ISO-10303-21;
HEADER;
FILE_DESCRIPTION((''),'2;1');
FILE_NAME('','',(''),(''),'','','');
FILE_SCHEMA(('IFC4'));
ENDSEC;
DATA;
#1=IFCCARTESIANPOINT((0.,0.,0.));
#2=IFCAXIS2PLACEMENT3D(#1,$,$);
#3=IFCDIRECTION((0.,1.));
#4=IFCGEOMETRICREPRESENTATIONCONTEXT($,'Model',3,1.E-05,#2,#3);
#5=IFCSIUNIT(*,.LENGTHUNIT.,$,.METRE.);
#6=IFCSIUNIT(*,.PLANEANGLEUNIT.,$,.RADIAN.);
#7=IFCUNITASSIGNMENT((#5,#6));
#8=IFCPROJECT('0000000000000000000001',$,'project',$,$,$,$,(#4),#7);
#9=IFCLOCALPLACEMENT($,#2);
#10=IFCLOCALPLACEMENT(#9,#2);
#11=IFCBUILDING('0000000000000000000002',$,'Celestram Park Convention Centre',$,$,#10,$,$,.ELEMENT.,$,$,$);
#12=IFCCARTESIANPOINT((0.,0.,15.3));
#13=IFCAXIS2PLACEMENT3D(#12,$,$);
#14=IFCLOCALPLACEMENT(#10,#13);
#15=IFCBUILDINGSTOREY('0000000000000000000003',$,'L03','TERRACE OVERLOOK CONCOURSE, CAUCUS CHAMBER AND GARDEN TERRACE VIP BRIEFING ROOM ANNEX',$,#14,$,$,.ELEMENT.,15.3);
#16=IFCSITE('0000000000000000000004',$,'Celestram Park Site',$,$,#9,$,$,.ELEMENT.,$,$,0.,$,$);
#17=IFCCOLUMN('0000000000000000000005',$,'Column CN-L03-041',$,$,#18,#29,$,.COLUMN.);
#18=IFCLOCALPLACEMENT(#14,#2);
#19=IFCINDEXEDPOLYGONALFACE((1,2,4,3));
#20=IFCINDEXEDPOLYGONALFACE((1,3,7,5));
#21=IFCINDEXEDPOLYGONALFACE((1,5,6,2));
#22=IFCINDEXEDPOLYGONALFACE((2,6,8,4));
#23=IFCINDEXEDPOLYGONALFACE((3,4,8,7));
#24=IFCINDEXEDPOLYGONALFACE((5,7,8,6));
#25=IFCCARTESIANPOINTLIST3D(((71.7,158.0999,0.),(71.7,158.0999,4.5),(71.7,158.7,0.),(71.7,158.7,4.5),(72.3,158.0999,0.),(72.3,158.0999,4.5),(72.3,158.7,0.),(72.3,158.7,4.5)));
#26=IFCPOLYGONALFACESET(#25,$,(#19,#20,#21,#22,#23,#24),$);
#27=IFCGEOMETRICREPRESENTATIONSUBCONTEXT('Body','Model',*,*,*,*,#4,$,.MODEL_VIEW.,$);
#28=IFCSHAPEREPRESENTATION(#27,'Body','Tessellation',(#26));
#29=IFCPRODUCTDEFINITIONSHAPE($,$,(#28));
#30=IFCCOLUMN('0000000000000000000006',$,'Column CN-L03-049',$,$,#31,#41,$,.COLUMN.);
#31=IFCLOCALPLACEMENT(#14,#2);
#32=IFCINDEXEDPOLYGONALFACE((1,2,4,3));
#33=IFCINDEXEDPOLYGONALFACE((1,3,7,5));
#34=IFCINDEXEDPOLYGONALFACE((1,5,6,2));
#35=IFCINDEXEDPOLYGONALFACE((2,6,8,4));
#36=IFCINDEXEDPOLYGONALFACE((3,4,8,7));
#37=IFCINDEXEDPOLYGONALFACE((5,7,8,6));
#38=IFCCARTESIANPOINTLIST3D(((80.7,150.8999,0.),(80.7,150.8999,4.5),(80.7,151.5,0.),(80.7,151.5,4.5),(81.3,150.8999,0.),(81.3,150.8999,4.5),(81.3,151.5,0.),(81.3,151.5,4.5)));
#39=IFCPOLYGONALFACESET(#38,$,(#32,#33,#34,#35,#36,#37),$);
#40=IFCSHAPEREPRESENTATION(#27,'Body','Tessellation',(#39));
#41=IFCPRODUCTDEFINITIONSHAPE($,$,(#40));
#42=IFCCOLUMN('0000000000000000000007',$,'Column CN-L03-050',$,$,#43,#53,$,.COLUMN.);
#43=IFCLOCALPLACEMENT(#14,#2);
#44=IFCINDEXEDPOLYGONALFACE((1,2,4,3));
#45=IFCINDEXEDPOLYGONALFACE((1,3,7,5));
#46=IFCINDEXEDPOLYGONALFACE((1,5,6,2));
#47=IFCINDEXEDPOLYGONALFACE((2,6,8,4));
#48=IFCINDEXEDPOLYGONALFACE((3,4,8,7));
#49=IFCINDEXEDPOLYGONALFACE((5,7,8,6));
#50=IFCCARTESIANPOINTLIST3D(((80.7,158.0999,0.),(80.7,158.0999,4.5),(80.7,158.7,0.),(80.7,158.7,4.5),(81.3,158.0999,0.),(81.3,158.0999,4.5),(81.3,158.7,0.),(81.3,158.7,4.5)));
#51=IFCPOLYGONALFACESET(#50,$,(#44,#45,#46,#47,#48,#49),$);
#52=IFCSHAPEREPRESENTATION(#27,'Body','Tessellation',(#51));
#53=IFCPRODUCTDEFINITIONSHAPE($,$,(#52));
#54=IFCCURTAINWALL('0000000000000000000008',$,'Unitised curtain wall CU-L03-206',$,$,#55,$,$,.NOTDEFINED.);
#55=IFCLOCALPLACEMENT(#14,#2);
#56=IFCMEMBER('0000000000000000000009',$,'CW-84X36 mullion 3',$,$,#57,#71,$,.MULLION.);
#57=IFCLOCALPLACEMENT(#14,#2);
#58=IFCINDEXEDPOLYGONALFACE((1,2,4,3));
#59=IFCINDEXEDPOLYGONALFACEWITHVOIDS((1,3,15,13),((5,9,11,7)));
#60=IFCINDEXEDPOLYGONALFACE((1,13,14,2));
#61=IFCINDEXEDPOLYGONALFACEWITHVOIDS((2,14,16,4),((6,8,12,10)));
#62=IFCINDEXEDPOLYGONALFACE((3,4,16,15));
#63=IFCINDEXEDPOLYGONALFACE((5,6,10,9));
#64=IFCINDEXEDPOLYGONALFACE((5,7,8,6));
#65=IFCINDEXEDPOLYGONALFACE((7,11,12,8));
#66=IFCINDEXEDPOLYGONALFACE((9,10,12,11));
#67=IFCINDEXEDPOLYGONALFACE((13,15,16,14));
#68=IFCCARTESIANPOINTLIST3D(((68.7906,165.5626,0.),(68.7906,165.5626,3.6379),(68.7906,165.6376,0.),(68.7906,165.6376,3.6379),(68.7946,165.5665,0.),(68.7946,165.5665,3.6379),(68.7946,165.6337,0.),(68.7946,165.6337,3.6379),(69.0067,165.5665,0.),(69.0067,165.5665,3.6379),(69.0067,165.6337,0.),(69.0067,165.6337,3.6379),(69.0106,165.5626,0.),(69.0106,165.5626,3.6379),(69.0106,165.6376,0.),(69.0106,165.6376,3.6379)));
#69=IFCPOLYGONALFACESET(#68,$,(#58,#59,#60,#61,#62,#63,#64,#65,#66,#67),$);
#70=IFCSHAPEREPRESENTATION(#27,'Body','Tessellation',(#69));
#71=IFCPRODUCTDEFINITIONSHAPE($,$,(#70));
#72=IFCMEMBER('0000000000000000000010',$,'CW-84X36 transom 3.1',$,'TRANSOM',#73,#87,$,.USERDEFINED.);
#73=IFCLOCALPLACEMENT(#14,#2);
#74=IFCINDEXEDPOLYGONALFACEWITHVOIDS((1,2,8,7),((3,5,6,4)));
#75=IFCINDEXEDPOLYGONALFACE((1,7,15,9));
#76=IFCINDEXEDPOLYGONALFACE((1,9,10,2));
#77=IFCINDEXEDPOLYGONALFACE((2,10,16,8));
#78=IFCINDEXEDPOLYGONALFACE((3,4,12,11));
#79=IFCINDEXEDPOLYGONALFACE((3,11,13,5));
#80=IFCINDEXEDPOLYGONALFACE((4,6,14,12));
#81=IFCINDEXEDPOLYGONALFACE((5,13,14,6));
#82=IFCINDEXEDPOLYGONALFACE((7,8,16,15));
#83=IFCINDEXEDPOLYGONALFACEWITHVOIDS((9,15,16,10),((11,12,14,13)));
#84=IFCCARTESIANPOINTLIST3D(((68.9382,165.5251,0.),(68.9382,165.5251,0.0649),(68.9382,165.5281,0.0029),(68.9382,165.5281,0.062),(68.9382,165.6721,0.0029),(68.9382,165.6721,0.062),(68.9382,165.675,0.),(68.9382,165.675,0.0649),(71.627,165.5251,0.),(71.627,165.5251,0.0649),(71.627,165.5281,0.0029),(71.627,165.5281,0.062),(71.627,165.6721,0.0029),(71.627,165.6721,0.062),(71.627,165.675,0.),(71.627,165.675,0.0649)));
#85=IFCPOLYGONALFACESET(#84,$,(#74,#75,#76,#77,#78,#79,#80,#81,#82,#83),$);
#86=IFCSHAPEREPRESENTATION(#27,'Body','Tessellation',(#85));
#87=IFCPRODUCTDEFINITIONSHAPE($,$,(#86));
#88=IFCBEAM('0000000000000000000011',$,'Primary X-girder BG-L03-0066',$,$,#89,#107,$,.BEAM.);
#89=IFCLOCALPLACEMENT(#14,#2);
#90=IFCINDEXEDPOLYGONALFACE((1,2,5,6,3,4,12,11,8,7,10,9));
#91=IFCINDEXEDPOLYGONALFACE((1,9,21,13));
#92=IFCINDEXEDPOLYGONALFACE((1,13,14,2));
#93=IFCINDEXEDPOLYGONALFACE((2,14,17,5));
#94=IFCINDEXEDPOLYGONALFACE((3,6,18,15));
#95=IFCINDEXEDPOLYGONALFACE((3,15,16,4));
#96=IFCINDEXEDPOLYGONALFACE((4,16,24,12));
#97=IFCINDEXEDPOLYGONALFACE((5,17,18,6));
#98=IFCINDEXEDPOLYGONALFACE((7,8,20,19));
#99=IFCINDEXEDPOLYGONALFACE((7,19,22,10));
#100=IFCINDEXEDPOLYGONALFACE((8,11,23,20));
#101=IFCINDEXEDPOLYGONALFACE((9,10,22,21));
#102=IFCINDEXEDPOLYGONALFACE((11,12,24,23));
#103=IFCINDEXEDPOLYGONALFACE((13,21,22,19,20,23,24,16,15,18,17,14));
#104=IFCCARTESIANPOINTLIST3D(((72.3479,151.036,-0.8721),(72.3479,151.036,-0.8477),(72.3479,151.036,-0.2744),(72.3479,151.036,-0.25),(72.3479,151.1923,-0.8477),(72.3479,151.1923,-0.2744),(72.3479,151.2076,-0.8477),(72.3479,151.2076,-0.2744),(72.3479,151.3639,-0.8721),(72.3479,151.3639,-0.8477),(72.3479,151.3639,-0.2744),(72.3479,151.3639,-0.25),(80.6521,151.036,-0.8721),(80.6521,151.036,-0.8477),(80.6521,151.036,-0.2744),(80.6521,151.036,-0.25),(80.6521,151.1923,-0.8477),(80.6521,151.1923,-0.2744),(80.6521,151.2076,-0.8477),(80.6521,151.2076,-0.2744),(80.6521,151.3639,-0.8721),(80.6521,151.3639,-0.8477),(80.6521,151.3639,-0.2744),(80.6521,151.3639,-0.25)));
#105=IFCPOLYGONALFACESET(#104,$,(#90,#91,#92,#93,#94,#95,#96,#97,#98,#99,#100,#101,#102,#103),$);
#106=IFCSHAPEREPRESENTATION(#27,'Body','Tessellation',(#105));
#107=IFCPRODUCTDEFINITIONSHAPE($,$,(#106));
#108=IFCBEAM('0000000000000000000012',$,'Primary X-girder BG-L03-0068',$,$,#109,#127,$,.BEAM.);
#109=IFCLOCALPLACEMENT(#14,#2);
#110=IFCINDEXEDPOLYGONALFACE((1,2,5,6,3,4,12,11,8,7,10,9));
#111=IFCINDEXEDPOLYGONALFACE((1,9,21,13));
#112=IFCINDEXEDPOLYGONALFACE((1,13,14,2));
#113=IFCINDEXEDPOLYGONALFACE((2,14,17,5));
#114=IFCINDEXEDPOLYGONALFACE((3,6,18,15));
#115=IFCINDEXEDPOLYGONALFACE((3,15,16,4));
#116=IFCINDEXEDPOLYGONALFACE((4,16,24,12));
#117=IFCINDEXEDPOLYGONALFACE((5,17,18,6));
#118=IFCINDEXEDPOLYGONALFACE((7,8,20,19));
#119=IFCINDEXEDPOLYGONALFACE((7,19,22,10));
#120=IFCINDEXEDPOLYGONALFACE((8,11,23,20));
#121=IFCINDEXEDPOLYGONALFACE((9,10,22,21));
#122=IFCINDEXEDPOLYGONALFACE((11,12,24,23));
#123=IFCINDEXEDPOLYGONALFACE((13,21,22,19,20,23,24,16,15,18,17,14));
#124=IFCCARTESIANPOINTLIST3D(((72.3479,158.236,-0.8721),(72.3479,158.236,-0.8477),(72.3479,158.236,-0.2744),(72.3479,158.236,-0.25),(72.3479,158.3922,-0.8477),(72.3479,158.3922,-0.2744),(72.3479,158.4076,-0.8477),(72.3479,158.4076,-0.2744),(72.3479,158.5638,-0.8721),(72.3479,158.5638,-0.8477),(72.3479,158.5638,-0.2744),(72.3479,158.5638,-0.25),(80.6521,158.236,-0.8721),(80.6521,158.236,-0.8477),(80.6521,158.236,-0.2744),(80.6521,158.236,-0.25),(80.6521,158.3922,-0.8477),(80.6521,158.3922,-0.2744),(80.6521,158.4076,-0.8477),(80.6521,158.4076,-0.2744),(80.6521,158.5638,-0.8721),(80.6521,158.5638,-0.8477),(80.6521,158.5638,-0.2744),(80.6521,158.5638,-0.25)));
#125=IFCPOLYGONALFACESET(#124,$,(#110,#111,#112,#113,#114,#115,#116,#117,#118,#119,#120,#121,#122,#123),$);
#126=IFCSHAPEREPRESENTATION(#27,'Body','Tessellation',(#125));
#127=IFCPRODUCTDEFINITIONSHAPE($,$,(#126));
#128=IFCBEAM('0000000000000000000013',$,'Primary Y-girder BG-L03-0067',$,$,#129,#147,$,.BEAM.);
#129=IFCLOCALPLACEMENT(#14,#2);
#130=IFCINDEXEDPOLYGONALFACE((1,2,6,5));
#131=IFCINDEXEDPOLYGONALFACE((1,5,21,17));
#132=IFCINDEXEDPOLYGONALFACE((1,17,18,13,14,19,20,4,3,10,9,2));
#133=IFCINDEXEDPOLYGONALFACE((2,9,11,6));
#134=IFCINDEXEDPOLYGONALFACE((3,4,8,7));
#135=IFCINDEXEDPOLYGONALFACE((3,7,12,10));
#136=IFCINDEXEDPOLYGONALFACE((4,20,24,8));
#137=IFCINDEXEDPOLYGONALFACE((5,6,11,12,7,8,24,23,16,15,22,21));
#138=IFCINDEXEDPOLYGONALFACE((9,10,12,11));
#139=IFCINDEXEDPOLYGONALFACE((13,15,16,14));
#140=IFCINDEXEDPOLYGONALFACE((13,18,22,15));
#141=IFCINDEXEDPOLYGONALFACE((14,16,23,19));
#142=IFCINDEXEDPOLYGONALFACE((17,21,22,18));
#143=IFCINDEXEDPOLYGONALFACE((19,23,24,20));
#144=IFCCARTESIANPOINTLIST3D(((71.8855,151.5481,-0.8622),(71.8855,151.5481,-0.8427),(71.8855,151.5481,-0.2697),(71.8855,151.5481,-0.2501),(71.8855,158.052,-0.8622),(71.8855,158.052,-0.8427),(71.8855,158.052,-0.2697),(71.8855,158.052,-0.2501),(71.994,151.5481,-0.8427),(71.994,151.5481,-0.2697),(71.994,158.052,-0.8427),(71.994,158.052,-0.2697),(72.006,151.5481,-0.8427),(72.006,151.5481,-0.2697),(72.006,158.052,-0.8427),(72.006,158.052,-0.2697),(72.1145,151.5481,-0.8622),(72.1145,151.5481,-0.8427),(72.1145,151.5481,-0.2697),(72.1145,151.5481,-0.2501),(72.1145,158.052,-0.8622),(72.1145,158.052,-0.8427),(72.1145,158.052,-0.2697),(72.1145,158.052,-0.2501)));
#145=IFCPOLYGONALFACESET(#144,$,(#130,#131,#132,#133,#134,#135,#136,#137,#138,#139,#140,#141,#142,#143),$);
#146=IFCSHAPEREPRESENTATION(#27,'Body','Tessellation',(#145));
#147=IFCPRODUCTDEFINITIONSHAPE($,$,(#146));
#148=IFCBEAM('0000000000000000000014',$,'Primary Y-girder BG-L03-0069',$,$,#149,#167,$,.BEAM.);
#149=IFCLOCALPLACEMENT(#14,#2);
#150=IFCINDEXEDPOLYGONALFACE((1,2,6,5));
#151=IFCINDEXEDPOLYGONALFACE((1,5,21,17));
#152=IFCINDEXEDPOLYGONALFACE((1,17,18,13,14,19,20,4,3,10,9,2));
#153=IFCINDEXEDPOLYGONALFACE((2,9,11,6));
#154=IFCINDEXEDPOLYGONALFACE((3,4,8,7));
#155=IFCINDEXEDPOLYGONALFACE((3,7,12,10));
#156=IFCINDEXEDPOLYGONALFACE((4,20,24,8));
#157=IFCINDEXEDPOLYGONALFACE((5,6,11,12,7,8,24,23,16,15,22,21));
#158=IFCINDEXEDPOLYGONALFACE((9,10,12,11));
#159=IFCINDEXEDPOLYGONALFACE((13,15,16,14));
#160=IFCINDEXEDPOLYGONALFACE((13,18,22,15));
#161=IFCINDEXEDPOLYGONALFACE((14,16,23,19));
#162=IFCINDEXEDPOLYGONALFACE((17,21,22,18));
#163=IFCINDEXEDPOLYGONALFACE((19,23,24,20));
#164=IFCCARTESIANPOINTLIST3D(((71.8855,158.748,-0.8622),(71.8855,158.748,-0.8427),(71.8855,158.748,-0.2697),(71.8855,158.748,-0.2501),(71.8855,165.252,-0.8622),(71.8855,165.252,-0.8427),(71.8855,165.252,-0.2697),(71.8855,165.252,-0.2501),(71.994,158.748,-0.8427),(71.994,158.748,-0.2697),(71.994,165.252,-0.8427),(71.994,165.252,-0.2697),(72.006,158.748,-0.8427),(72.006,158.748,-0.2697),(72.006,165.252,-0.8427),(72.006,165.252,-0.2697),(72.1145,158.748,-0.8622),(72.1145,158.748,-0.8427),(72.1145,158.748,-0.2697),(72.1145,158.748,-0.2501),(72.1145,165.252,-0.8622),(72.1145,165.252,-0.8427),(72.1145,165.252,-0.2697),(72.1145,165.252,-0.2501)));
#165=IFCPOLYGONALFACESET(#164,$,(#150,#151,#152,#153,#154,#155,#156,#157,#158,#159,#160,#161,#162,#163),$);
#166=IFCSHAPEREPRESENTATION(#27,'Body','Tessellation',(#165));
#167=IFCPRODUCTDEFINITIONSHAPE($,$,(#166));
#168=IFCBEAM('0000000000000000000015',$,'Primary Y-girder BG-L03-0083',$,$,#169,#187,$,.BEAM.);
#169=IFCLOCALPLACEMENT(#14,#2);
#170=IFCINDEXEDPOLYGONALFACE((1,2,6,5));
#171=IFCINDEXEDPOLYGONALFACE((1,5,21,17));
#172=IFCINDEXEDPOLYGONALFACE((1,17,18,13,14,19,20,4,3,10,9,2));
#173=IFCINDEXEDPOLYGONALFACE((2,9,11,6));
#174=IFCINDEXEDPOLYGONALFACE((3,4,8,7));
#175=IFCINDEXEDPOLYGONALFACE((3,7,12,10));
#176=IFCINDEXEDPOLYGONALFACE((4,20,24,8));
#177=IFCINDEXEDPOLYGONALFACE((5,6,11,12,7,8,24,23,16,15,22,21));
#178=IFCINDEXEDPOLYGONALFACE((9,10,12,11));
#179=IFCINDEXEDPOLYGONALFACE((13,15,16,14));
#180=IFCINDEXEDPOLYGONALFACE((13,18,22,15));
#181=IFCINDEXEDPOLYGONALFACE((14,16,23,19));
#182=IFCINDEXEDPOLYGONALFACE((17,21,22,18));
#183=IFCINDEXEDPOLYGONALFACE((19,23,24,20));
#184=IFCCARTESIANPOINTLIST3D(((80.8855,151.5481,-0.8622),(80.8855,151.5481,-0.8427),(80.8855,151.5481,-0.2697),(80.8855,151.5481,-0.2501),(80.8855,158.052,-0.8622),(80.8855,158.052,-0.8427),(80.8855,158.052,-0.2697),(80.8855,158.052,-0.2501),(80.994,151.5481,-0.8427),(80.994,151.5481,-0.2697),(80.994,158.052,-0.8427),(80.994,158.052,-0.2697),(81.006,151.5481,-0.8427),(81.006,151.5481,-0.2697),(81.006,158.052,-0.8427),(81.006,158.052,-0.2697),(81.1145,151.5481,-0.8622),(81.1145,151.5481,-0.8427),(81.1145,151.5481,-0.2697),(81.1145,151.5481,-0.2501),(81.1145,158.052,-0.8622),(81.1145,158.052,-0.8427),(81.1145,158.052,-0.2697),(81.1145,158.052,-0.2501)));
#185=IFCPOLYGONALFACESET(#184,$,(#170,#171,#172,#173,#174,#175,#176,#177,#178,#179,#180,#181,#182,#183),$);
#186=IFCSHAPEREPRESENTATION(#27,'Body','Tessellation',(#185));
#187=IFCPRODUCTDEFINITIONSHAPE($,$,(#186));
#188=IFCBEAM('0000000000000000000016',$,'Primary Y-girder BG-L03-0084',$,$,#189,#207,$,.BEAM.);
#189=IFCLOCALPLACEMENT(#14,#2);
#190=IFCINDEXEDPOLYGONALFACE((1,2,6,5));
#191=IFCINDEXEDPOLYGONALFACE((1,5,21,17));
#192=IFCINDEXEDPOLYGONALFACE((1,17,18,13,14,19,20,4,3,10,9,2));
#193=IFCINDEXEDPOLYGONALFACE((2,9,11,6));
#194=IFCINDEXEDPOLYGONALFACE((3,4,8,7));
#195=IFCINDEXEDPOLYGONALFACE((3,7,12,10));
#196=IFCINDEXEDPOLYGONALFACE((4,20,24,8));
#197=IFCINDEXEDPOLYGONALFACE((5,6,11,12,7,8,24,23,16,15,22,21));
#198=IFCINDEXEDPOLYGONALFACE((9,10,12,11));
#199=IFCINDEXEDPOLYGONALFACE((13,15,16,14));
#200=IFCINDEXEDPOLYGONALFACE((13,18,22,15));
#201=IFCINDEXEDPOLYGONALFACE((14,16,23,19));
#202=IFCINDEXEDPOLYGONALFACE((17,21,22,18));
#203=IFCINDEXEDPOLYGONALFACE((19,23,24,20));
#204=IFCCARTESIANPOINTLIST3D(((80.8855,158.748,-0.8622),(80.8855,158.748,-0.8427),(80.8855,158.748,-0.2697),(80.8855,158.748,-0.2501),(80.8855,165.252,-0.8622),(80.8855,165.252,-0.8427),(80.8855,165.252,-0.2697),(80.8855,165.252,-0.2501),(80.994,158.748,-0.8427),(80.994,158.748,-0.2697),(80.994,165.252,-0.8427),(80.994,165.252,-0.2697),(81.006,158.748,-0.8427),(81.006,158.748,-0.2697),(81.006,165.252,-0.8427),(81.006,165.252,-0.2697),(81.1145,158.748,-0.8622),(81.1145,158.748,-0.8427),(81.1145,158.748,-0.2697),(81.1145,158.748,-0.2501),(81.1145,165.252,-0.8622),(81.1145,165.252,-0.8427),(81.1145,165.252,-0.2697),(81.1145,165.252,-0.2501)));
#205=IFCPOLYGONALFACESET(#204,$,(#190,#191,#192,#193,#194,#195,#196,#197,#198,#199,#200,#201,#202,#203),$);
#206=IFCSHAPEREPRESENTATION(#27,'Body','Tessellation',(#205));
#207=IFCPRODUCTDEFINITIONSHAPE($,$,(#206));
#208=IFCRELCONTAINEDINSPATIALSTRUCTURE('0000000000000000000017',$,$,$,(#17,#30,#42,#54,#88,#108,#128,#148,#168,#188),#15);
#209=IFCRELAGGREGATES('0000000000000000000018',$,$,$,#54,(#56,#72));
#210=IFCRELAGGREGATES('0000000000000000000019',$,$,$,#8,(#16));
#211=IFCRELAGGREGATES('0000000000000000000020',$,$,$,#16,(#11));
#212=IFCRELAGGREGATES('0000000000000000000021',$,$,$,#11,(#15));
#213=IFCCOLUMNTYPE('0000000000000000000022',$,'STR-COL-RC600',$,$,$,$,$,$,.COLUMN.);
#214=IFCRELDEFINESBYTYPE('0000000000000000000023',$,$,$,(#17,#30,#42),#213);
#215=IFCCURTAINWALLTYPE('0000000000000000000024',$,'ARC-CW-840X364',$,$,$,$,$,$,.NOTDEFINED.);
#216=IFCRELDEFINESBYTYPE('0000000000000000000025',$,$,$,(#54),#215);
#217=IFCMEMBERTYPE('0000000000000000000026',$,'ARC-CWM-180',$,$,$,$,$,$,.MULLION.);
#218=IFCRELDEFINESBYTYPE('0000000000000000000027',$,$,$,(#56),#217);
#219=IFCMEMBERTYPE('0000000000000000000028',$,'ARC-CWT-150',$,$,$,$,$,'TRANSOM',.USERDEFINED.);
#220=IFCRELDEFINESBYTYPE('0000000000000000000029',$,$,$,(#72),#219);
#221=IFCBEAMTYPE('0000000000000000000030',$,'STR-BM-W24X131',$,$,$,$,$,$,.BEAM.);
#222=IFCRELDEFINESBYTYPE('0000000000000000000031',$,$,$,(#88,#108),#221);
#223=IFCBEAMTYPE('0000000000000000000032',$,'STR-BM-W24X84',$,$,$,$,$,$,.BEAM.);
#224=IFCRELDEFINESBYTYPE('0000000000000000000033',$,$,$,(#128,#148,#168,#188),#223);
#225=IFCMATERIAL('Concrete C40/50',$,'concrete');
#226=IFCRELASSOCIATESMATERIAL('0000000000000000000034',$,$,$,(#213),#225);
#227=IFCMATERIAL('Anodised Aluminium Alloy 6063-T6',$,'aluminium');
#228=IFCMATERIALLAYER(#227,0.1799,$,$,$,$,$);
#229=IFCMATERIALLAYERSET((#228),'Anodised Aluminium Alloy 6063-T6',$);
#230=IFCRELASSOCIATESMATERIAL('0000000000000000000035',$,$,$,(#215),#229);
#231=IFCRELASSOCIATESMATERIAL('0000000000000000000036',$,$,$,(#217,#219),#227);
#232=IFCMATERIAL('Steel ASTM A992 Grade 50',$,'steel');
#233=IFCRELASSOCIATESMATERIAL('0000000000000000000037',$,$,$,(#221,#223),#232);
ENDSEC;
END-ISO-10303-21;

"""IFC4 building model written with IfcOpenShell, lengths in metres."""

from ifc_helpers import new_model, si_unit, direction, frame, origin, origin_2d, place, context, subcontext, project, spatial, rectangle, hollow_rectangle, i_section, extrude, material, layer, layer_set, material_profile, profile_set, type_object, element, aggregate, save


model = new_model("IFC4")

# Units and contexts
model_context = context("Model", 3, precision=1e-05, world=origin(), true_north=direction((0.0, 1.0)))
body_context = subcontext(model_context, "Body", "Model", "MODEL_VIEW")
ifc_project = project(units=[si_unit("LENGTHUNIT", "METRE"), si_unit("PLANEANGLEUNIT", "RADIAN")], contexts=[model_context])

# Site, building, storey
site_placement = place(None, origin())
site = spatial("IfcSite", under=ifc_project, at=site_placement, Name="Celestram Park Site", CompositionType="ELEMENT", RefElevation=0.0)
building_placement = place(site_placement, origin())
building = spatial("IfcBuilding", under=site, at=building_placement, Name="Celestram Park Convention Centre", CompositionType="ELEMENT")
storey_placement = place(building_placement, frame((0.0, 0.0, 15.3)))
storey = spatial("IfcBuildingStorey", under=building, at=storey_placement, Name="L03", Description="TERRACE OVERLOOK CONCOURSE, CAUCUS CHAMBER AND GARDEN TERRACE VIP BRIEFING ROOM ANNEX", CompositionType="ELEMENT", Elevation=15.3)

# Columns
ifc_material_1 = material(Name="Concrete C40/50", Category="concrete")
ifc_material_profile_1 = material_profile(ifc_material_1, rectangle(XDim=0.6001, YDim=0.6001, at=origin_2d()), Name="RC600X600")
ifc_profile_set_1 = profile_set([ifc_material_profile_1], Name="Concrete C40/50")
column_type = type_object("IfcColumnType", Name="STR-COL-RC600", PredefinedType="COLUMN", material=ifc_profile_set_1)
for number, where, z_axis, x_axis, name in (
    (1, (72.0, 158.3999, 0.0), (0.0, 0.0, 1.0), (1.0, 0.0, 0.0), "Column CN-L03-041"),
    (2, (81.0, 151.2, 0.0), (0.0, 0.0, 1.0), (1.0, 0.0, 0.0), "Column CN-L03-049"),
    (3, (81.0, 158.3999, 0.0), (0.0, 0.0, 1.0), (1.0, 0.0, 0.0), "Column CN-L03-050"),
):
    element("IfcColumn", number, at=place(storey_placement, frame(where, z_axis=z_axis, x_axis=x_axis)), inside=storey, type_object=column_type, Name=name, PredefinedType="COLUMN", context=body_context, shape_type="SweptSolid", body=[
        extrude(rectangle(XDim=0.6001, YDim=0.6001, at=origin_2d()), origin(), (0.0, 0.0, 1.0), 4.5),
    ])

# Curtain wall, members
ifc_material_2 = material(Name="Anodised Aluminium Alloy 6063-T6", Category="aluminium")
ifc_layer_1 = layer(ifc_material_2, 0.1799)
ifc_layer_set_1 = layer_set([ifc_layer_1], Name="Anodised Aluminium Alloy 6063-T6")
curtain_wall_type = type_object("IfcCurtainWallType", Name="ARC-CW-840X364", PredefinedType="NOTDEFINED", material=ifc_layer_set_1)
curtain_wall_placement = place(storey_placement, origin())
curtain_wall = element("IfcCurtainWall", 4, at=curtain_wall_placement, inside=storey, type_object=curtain_wall_type, Name="Unitised curtain wall CU-L03-206", PredefinedType="NOTDEFINED")
ifc_material_profile_2 = material_profile(ifc_material_2, hollow_rectangle(XDim=0.075, YDim=0.22, WallThickness=0.0039, at=origin_2d()), Name="ALU75X220X4")
ifc_profile_set_2 = profile_set([ifc_material_profile_2], Name="Anodised Aluminium Alloy 6063-T6")
member_type_1 = type_object("IfcMemberType", Name="ARC-CWM-180", PredefinedType="MULLION", material=ifc_profile_set_2)
member_1_placement = place(storey_placement, frame((68.9006, 165.6001, 0.0), z_axis=(0.0, 0.0, 1.0), x_axis=(0.0, 1.0, 0.0)))
member_1 = element("IfcMember", 5, at=member_1_placement, type_object=member_type_1, Name="CW-84X36 mullion 3", PredefinedType="MULLION", context=body_context, shape_type="SweptSolid", body=[
    extrude(hollow_rectangle(XDim=0.075, YDim=0.22, WallThickness=0.0039, at=origin_2d()), origin(), (0.0, 0.0, 1.0), 3.6379),
])
ifc_material_profile_3 = material_profile(ifc_material_2, hollow_rectangle(XDim=0.1499, YDim=0.0649, WallThickness=0.0029, at=origin_2d()), Name="ALU150X65X3")
ifc_profile_set_3 = profile_set([ifc_material_profile_3], Name="Anodised Aluminium Alloy 6063-T6")
member_type_2 = type_object("IfcMemberType", Name="ARC-CWT-150", ElementType="TRANSOM", PredefinedType="USERDEFINED", material=ifc_profile_set_3)
member_2_placement = place(storey_placement, frame((68.9382, 165.6001, 0.0325), z_axis=(1.0, 0.0, 0.0), x_axis=(0.0, 1.0, 0.0)))
member_2 = element("IfcMember", 6, at=member_2_placement, type_object=member_type_2, Name="CW-84X36 transom 3.1", ObjectType="TRANSOM", PredefinedType="USERDEFINED", context=body_context, shape_type="SweptSolid", body=[
    extrude(hollow_rectangle(XDim=0.1499, YDim=0.0649, WallThickness=0.0029, at=origin_2d()), origin(), (0.0, 0.0, 1.0), 2.6887),
])
aggregate(curtain_wall, [member_1, member_2])

# Beams
ifc_material_3 = material(Name="Steel ASTM A992 Grade 50", Category="steel")
ifc_material_profile_4 = material_profile(ifc_material_3, i_section(OverallWidth=0.3279, OverallDepth=0.6221, WebThickness=0.0154, FlangeThickness=0.0244, at=origin_2d()), Name="W24X131")
ifc_profile_set_4 = profile_set([ifc_material_profile_4], Name="Steel ASTM A992 Grade 50")
beam_type_1 = type_object("IfcBeamType", Name="STR-BM-W24X131", PredefinedType="BEAM", material=ifc_profile_set_4)
for number, where, z_axis, x_axis, name in (
    (7, (72.3479, 151.2, -0.561), (1.0, 0.0, 0.0), (0.0, 1.0, 0.0), "Primary X-girder BG-L03-0066"),
    (8, (72.3479, 158.3999, -0.561), (1.0, 0.0, 0.0), (0.0, 1.0, 0.0), "Primary X-girder BG-L03-0068"),
):
    element("IfcBeam", number, at=place(storey_placement, frame(where, z_axis=z_axis, x_axis=x_axis)), inside=storey, type_object=beam_type_1, Name=name, PredefinedType="BEAM", context=body_context, shape_type="SweptSolid", body=[
        extrude(i_section(OverallWidth=0.3279, OverallDepth=0.6221, WebThickness=0.0154, FlangeThickness=0.0244, at=origin_2d()), origin(), (0.0, 0.0, 1.0), 8.3042),
    ])
ifc_material_profile_5 = material_profile(ifc_material_3, i_section(OverallWidth=0.229, OverallDepth=0.6121, WebThickness=0.012, FlangeThickness=0.0195, at=origin_2d()), Name="W24X84")
ifc_profile_set_5 = profile_set([ifc_material_profile_5], Name="Steel ASTM A992 Grade 50")
beam_type_2 = type_object("IfcBeamType", Name="STR-BM-W24X84", PredefinedType="BEAM", material=ifc_profile_set_5)
for number, where, z_axis, x_axis, name in (
    (9, (72.0, 151.5481, -0.5562), (0.0, 1.0, 0.0), (-1.0, 0.0, 0.0), "Primary Y-girder BG-L03-0067"),
    (10, (72.0, 158.748, -0.5562), (0.0, 1.0, 0.0), (-1.0, 0.0, 0.0), "Primary Y-girder BG-L03-0069"),
    (11, (81.0, 151.5481, -0.5562), (0.0, 1.0, 0.0), (-1.0, 0.0, 0.0), "Primary Y-girder BG-L03-0083"),
    (12, (81.0, 158.748, -0.5562), (0.0, 1.0, 0.0), (-1.0, 0.0, 0.0), "Primary Y-girder BG-L03-0084"),
):
    element("IfcBeam", number, at=place(storey_placement, frame(where, z_axis=z_axis, x_axis=x_axis)), inside=storey, type_object=beam_type_2, Name=name, PredefinedType="BEAM", context=body_context, shape_type="SweptSolid", body=[
        extrude(i_section(OverallWidth=0.229, OverallDepth=0.6121, WebThickness=0.012, FlangeThickness=0.0195, at=origin_2d()), origin(), (0.0, 0.0, 1.0), 6.5039),
    ])

save(model, "model.ifc")
